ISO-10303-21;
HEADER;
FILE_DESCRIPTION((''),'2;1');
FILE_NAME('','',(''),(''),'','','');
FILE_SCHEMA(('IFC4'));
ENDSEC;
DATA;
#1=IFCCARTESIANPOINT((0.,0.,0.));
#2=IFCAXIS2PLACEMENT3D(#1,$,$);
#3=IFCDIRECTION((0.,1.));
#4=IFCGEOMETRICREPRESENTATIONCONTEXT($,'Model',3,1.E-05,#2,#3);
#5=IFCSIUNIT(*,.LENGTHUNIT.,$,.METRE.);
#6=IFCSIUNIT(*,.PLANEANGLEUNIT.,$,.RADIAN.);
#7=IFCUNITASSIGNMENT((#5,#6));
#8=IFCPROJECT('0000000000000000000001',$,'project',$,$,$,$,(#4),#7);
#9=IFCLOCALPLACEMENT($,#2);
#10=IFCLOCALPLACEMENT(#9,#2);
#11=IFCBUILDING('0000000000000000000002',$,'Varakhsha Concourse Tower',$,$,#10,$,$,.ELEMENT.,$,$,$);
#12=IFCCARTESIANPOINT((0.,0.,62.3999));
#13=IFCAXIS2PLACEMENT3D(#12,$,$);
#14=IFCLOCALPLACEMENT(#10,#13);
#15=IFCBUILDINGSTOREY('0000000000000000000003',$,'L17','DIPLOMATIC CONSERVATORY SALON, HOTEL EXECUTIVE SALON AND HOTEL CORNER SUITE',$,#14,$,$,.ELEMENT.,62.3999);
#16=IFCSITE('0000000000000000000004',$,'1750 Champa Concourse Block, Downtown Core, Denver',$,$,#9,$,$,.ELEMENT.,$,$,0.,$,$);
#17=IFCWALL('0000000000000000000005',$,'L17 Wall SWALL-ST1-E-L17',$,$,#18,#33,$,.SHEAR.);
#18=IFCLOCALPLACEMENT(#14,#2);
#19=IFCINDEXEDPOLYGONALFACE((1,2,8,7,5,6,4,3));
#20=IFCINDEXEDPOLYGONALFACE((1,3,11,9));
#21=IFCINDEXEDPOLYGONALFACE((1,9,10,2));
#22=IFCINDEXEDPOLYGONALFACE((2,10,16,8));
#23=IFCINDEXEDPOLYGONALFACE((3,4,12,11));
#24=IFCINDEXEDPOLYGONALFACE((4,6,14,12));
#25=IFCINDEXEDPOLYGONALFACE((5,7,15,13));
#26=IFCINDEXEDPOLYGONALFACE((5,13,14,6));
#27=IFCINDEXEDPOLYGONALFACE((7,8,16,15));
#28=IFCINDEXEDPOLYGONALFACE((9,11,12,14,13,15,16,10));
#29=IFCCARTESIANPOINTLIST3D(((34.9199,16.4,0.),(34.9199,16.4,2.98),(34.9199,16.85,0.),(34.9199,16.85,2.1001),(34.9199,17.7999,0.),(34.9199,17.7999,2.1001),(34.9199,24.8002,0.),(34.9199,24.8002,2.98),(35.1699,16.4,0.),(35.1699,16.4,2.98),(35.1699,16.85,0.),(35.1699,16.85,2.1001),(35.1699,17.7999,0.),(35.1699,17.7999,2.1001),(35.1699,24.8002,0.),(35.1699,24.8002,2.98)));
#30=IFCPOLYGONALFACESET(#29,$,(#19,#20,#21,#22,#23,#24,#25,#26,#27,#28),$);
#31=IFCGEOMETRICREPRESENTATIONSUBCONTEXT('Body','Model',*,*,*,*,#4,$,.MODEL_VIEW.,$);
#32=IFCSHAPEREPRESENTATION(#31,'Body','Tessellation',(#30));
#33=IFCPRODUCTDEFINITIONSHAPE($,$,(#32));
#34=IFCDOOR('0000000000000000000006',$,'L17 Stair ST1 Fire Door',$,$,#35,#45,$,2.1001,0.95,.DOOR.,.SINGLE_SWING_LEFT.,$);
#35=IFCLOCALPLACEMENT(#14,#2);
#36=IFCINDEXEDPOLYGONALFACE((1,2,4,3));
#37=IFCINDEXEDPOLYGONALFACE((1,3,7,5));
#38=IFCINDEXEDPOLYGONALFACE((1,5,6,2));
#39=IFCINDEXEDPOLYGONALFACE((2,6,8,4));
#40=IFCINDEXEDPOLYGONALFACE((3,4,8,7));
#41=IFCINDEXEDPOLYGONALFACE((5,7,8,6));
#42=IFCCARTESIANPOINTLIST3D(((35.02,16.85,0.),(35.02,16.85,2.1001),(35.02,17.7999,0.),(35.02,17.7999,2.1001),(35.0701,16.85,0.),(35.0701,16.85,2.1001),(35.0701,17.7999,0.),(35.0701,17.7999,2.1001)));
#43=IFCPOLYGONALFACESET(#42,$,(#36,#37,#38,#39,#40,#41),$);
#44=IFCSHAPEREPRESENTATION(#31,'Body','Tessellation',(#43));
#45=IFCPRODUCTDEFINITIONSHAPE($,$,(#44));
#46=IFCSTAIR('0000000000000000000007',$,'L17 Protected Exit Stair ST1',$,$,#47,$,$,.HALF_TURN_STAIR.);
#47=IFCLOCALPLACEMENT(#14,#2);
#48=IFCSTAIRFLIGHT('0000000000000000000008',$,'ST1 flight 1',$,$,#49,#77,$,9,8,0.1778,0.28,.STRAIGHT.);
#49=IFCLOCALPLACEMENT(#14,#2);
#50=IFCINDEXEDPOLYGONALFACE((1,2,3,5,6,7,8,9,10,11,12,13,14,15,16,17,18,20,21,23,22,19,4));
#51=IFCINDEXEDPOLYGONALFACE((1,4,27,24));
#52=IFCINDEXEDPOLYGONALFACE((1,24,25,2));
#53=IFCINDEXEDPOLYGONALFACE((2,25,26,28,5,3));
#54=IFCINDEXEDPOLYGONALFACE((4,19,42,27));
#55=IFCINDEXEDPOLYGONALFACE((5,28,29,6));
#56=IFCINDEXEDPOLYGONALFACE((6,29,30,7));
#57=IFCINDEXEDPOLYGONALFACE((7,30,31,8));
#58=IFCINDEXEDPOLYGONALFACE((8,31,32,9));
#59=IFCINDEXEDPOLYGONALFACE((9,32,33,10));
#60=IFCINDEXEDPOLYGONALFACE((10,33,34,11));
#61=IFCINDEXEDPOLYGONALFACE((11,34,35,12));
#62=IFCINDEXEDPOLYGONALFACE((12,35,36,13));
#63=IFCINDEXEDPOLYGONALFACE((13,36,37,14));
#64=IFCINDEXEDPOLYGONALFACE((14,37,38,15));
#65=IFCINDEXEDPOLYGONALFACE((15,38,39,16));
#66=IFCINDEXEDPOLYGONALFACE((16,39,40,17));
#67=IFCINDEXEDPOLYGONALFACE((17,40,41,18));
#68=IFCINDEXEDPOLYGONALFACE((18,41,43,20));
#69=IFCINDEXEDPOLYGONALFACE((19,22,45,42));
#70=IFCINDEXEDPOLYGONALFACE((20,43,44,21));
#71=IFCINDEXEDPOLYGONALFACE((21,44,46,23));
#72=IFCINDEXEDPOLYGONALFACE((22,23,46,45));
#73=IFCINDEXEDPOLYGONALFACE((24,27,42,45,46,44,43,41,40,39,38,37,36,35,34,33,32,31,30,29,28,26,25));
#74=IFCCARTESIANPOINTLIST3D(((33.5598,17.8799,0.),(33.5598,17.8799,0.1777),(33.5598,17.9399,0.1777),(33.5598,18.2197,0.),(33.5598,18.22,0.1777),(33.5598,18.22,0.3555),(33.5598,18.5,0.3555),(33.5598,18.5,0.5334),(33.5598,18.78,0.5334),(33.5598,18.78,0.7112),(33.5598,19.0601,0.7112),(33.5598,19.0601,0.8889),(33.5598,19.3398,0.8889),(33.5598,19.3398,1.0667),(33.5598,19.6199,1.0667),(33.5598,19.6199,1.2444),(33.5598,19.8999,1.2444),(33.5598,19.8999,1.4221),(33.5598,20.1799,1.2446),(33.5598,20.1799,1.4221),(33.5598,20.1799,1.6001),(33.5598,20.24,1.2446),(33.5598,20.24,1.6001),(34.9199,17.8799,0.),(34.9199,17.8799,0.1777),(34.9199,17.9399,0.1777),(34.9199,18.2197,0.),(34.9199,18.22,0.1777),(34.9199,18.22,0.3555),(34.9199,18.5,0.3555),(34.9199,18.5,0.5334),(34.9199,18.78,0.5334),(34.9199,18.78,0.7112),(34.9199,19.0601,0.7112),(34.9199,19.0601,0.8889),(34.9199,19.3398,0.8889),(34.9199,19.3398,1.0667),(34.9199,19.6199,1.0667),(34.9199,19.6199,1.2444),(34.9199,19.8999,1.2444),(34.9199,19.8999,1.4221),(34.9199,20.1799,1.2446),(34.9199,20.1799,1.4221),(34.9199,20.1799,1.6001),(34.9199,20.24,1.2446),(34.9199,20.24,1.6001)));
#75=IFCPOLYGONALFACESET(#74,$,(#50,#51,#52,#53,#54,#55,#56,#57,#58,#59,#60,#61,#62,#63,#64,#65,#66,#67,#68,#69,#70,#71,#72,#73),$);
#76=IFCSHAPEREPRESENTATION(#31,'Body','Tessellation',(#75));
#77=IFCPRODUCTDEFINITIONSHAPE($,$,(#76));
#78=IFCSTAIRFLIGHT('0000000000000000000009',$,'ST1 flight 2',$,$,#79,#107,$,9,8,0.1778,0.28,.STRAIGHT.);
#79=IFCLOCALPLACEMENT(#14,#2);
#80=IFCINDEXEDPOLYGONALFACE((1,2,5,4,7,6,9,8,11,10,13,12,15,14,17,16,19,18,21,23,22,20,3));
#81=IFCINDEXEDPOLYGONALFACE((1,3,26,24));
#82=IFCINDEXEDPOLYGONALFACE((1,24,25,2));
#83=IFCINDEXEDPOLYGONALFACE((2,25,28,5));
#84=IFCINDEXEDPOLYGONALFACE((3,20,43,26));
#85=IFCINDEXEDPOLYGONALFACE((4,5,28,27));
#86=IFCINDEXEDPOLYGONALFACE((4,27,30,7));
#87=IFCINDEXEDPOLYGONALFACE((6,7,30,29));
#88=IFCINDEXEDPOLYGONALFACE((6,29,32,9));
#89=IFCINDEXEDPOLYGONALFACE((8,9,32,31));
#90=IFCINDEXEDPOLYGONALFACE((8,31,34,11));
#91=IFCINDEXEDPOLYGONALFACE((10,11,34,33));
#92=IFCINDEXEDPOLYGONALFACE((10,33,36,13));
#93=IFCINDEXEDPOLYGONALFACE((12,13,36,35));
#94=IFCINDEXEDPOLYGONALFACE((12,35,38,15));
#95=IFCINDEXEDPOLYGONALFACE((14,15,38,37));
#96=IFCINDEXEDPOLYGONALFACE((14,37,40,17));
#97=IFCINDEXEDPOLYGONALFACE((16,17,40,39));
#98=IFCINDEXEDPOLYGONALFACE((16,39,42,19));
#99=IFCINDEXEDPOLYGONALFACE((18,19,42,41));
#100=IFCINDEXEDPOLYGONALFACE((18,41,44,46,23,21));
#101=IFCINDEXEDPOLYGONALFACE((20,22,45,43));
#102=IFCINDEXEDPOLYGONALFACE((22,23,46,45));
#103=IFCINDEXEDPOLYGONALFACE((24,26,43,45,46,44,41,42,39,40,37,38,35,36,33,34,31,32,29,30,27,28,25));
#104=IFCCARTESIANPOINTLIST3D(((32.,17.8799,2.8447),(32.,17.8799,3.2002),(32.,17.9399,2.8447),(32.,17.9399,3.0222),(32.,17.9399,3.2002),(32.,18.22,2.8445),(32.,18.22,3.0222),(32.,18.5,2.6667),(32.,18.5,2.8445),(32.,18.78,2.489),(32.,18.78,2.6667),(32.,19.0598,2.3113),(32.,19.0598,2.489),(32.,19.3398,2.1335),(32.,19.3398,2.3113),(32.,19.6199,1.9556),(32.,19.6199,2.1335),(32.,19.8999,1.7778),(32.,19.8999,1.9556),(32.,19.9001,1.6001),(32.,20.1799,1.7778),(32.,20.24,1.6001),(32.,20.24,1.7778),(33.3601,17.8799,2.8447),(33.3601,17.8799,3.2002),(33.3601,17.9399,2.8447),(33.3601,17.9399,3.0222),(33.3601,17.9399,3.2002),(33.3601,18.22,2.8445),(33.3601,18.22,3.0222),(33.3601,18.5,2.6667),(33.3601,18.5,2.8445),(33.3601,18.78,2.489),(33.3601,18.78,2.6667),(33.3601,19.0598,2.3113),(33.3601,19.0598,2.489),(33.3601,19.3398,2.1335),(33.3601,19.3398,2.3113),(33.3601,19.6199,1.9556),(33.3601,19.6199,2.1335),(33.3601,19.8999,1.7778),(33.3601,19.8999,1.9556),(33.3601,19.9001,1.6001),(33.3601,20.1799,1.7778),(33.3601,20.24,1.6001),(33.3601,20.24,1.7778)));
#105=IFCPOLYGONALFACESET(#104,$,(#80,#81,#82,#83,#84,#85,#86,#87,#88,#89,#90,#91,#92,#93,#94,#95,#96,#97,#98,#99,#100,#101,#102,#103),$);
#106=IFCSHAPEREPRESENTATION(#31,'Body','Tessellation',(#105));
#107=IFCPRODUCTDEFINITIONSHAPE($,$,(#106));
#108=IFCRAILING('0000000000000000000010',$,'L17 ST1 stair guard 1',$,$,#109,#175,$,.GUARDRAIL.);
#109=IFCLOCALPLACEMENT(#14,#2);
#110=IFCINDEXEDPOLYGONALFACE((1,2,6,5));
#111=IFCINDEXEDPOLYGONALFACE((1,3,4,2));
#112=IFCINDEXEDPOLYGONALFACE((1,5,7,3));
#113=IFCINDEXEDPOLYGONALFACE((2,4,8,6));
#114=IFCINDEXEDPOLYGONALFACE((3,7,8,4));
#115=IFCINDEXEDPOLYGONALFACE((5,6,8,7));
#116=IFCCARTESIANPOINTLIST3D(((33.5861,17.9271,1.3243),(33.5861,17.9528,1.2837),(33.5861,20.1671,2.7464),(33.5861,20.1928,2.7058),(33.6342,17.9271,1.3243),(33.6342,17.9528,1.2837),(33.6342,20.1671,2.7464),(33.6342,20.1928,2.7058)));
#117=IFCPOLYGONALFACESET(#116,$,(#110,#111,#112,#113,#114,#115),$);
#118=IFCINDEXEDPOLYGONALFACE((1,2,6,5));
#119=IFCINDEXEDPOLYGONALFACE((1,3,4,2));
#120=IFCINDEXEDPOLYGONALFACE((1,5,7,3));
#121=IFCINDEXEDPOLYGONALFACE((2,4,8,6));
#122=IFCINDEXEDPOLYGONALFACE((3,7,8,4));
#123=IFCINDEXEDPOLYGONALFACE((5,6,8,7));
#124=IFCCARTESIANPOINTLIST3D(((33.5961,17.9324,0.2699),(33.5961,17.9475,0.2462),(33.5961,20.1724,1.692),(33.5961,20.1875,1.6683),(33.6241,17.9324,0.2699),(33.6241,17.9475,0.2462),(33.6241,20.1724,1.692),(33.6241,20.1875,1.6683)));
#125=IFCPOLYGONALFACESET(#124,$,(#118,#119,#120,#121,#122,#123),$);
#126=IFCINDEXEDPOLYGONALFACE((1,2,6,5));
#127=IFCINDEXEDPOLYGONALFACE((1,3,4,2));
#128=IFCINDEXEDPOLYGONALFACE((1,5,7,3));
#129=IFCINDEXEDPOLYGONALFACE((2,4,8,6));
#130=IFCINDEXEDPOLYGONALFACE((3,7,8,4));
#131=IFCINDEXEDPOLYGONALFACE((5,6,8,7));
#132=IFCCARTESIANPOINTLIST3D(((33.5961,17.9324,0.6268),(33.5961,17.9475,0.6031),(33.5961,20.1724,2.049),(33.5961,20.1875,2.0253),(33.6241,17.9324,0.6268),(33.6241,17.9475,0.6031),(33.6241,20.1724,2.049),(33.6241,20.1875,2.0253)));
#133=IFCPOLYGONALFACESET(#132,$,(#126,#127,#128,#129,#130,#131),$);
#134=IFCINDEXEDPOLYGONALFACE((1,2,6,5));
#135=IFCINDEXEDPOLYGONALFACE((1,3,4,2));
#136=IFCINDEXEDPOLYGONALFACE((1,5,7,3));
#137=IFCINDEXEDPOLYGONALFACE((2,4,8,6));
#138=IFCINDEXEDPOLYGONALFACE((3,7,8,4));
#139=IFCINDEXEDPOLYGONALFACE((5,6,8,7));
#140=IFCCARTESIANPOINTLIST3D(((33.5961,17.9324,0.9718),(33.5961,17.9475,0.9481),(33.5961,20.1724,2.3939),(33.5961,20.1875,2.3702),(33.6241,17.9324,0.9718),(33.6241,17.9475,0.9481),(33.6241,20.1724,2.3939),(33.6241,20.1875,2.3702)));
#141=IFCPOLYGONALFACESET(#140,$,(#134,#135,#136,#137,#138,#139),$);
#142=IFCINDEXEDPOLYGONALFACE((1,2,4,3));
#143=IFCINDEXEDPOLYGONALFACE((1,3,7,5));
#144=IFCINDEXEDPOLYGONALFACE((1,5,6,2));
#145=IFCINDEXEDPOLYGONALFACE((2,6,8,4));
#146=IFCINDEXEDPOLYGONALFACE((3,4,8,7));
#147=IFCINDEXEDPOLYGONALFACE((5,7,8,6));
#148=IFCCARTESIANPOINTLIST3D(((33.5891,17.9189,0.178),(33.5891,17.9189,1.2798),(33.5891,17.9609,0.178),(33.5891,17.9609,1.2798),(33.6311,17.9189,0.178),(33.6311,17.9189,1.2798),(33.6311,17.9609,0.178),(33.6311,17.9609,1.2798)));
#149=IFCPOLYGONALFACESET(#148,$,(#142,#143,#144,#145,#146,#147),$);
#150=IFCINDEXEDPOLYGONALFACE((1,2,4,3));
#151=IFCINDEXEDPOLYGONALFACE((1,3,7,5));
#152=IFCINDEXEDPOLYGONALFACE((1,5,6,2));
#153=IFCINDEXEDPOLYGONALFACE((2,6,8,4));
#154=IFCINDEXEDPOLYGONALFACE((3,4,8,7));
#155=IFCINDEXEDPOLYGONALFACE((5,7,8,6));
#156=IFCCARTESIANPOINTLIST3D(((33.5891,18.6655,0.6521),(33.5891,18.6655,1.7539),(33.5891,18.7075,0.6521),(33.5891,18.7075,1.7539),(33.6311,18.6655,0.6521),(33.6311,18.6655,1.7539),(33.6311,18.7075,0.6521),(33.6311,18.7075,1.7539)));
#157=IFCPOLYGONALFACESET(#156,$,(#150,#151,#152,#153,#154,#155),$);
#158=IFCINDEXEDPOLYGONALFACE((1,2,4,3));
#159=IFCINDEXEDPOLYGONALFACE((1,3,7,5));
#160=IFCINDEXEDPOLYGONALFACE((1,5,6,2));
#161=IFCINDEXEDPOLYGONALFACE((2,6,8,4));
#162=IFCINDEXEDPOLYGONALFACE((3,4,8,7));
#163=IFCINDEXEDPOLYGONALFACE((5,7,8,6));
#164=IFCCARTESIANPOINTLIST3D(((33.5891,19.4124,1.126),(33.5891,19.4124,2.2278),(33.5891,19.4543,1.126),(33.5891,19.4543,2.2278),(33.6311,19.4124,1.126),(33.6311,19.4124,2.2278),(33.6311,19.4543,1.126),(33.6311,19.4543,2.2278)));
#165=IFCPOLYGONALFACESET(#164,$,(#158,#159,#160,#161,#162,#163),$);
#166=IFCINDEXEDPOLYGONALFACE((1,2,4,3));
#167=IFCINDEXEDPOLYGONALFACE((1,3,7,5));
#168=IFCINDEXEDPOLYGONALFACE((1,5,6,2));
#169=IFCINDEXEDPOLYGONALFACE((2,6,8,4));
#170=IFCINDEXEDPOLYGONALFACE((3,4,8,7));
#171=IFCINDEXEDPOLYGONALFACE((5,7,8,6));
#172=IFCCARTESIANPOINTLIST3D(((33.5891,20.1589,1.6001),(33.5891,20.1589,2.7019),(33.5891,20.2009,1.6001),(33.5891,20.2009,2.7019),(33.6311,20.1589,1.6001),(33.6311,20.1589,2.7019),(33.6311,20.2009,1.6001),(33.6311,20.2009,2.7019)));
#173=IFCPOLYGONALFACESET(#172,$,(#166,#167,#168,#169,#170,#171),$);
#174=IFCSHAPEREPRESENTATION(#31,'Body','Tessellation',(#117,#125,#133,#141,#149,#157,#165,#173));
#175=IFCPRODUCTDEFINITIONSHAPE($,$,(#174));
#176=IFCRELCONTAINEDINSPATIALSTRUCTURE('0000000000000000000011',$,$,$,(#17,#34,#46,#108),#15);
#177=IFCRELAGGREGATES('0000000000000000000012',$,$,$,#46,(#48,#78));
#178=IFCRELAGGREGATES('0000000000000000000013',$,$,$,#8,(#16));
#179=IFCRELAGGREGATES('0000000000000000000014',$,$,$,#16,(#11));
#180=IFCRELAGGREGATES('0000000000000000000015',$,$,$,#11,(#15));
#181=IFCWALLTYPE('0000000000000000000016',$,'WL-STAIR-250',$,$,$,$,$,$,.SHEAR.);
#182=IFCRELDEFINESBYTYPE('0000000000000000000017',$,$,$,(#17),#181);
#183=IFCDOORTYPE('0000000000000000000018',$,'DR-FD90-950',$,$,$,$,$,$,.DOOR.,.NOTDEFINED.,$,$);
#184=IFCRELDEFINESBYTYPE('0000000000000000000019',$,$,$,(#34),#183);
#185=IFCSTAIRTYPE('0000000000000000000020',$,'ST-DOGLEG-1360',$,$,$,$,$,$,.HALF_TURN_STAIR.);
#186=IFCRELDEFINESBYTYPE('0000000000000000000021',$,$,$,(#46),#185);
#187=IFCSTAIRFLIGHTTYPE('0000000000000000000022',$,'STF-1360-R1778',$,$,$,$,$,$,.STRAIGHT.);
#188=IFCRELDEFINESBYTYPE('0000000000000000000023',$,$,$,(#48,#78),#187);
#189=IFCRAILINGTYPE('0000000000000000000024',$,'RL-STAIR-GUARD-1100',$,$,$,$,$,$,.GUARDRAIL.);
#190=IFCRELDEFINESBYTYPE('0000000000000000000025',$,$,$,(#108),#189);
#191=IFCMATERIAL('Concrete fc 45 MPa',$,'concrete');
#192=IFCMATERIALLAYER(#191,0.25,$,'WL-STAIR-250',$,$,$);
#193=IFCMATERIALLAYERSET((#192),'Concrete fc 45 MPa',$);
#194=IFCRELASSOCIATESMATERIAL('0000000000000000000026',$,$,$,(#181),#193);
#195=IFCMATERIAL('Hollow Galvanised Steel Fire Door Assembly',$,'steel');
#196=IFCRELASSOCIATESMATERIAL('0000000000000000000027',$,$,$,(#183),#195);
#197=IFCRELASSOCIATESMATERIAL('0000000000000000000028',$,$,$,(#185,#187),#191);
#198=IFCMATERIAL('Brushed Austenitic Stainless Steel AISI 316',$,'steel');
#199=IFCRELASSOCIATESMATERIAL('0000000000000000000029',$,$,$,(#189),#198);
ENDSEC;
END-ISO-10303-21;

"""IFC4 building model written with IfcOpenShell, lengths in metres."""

from ifc_helpers import new_model, si_unit, direction, frame, frame_2d, origin, origin_2d, place, context, subcontext, project, spatial, polyline, rectangle, outline, extrude, material, layer, layer_set, type_object, element, fill, aggregate, save


model = new_model("IFC4")

# Units and contexts
model_context = context("Model", 3, precision=1e-05, world=origin(), true_north=direction((0.0, 1.0)))
body_context = subcontext(model_context, "Body", "Model", "MODEL_VIEW")
ifc_project = project(units=[si_unit("LENGTHUNIT", "METRE"), si_unit("PLANEANGLEUNIT", "RADIAN")], contexts=[model_context])

# Site, building, storey
site_placement = place(None, origin())
site = spatial("IfcSite", under=ifc_project, at=site_placement, Name="1750 Champa Concourse Block, Downtown Core, Denver", CompositionType="ELEMENT", RefElevation=0.0)
building_placement = place(site_placement, origin())
building = spatial("IfcBuilding", under=site, at=building_placement, Name="Varakhsha Concourse Tower", CompositionType="ELEMENT")
storey_placement = place(building_placement, frame((0.0, 0.0, 62.3999)))
storey = spatial("IfcBuildingStorey", under=building, at=storey_placement, Name="L17", Description="DIPLOMATIC CONSERVATORY SALON, HOTEL EXECUTIVE SALON AND HOTEL CORNER SUITE", CompositionType="ELEMENT", Elevation=62.3999)

# Shared definitions
ifc_material_1 = material(Name="Hollow Galvanised Steel Fire Door Assembly", Category="steel")

# Wall, opening, door
ifc_material_2 = material(Name="Concrete fc 45 MPa", Category="concrete")
ifc_layer_1 = layer(ifc_material_2, 0.25, Name="WL-STAIR-250")
ifc_layer_set_1 = layer_set([ifc_layer_1], Name="Concrete fc 45 MPa")
wall_type_1 = type_object("IfcWallType", Name="WL-STAIR-250", PredefinedType="SHEAR", material=ifc_layer_set_1)
wall_1_placement = place(storey_placement, frame((35.0449, 16.3999, 0.0), z_axis=(0.0, 0.0, 1.0), x_axis=(0.0, 1.0, 0.0)))
wall_1 = element("IfcWall", 1, at=wall_1_placement, inside=storey, type_object=wall_type_1, Name="L17 Wall SWALL-ST1-E-L17", PredefinedType="SHEAR", context=body_context, shape_type="SweptSolid", body=[
    extrude(rectangle(XDim=8.4001, YDim=0.25, at=frame_2d((4.2002, 0.0))), origin(), (0.0, 0.0, 1.0), 2.98),
])
opening_1_placement = place(wall_1_placement, frame((0.45, 0.0, 0.0)))
opening_1 = element("IfcOpeningElement", 2, at=opening_1_placement, cuts=wall_1, PredefinedType="OPENING", context=body_context, shape_type="SweptSolid", body=[
    extrude(rectangle(XDim=0.95, YDim=2.1001, at=frame_2d((0.4751, 1.05))), frame((0.0, 0.135, 0.0), z_axis=(0.0, -1.0, 0.0), x_axis=(1.0, 0.0, 0.0)), (0.0, 0.0, 1.0), 0.27),
])
door_type_1 = type_object("IfcDoorType", Name="DR-FD90-950", OperationType="NOTDEFINED", PredefinedType="DOOR", material=ifc_material_1)
door_1_placement = place(opening_1_placement, origin())
door_1 = element("IfcDoor", 3, at=door_1_placement, inside=storey, type_object=door_type_1, Name="L17 Stair ST1 Fire Door", OperationType="SINGLE_SWING_LEFT", OverallHeight=2.1001, OverallWidth=0.95, PredefinedType="DOOR", context=body_context, shape_type="SweptSolid", body=[
    extrude(rectangle(XDim=0.95, YDim=2.1001, at=frame_2d((0.4751, 1.05))), frame((0.0, 0.0249, 0.0), z_axis=(0.0, -1.0, 0.0), x_axis=(1.0, 0.0, 0.0)), (0.0, 0.0, 1.0), 0.05),
])
fill(opening_1, door_1)

# Stair, stair flights
stair_type = type_object("IfcStairType", Name="ST-DOGLEG-1360", PredefinedType="HALF_TURN_STAIR", material=ifc_material_2)
stair_placement = place(storey_placement, origin())
stair = element("IfcStair", 4, at=stair_placement, inside=storey, type_object=stair_type, Name="L17 Protected Exit Stair ST1", PredefinedType="HALF_TURN_STAIR")
stair_flight_type = type_object("IfcStairFlightType", Name="STF-1360-R1778", PredefinedType="STRAIGHT", material=ifc_material_2)
stair_flight_1_placement = place(storey_placement, frame((34.24, 17.9399, 0.0), z_axis=(0.0, 0.0, 1.0), x_axis=(0.0, 1.0, 0.0)))
stair_flight_1 = element("IfcStairFlight", 5, at=stair_flight_1_placement, type_object=stair_flight_type, Name="ST1 flight 1", NumberOfRisers=9, NumberOfTreads=8, PredefinedType="STRAIGHT", RiserHeight=0.1778, TreadLength=0.28, context=body_context, shape_type="SweptSolid", body=[
    extrude(outline(polyline([(-0.0601, 0.0), (-0.0601, 0.1777), (0.0, 0.1777), (0.28, 0.1777), (0.28, 0.3555), (0.5601, 0.3555), (0.5601, 0.5334), (0.8401, 0.5334), (0.8401, 0.7112), (1.1201, 0.7112), (1.1201, 0.8889), (1.3999, 0.8889), (1.3999, 1.0667), (1.6799, 1.0667), (1.6799, 1.2444), (1.96, 1.2444), (1.96, 1.4221), (2.24, 1.4221), (2.24, 1.6001), (2.3, 1.6001), (2.3, 1.2446), (2.24, 1.2446), (0.2798, 0.0), (-0.0601, 0.0)])), frame((0.0, 0.6802, 0.0), z_axis=(0.0, -1.0, 0.0), x_axis=(1.0, 0.0, 0.0)), (0.0, 0.0, 1.0), 1.3601),
])
stair_flight_2_placement = place(storey_placement, frame((32.6799, 20.1799, 1.6001), z_axis=(0.0, 0.0, 1.0), x_axis=(0.0, -1.0, 0.0)))
stair_flight_2 = element("IfcStairFlight", 6, at=stair_flight_2_placement, type_object=stair_flight_type, Name="ST1 flight 2", NumberOfRisers=9, NumberOfTreads=8, PredefinedType="STRAIGHT", RiserHeight=0.1778, TreadLength=0.28, context=body_context, shape_type="SweptSolid", body=[
    extrude(outline(polyline([(-0.0601, 0.0), (-0.0601, 0.1777), (0.0, 0.1777), (0.28, 0.1777), (0.28, 0.3555), (0.5601, 0.3555), (0.5601, 0.5334), (0.8401, 0.5334), (0.8401, 0.7112), (1.1201, 0.7112), (1.1201, 0.8889), (1.3999, 0.8889), (1.3999, 1.0667), (1.6799, 1.0667), (1.6799, 1.2444), (1.96, 1.2444), (1.96, 1.4221), (2.24, 1.4221), (2.24, 1.6001), (2.3, 1.6001), (2.3, 1.2446), (2.24, 1.2446), (0.2798, 0.0), (-0.0601, 0.0)])), frame((0.0, 0.6802, 0.0), z_axis=(0.0, -1.0, 0.0), x_axis=(1.0, 0.0, 0.0)), (0.0, 0.0, 1.0), 1.3601),
])
aggregate(stair, [stair_flight_1, stair_flight_2])

# Railing
ifc_material_3 = material(Name="Brushed Austenitic Stainless Steel AISI 316", Category="steel")
railing_type_1 = type_object("IfcRailingType", Name="RL-STAIR-GUARD-1100", PredefinedType="GUARDRAIL", material=ifc_material_3)
railing_1_placement = place(storey_placement, frame((33.6101, 17.9399, 0.178)))
element("IfcRailing", 7, at=railing_1_placement, inside=storey, type_object=railing_type_1, Name="L17 ST1 stair guard 1", PredefinedType="GUARDRAIL", context=body_context, shape_type="SweptSolid", body=[
    extrude(rectangle(XDim=0.0481, YDim=0.0481, at=origin_2d()), frame((0.0, 0.0, 1.126), z_axis=(0.0, 0.844229, 0.535982), x_axis=(-1.0, 0.0, 0.0)), (0.0, 0.0, 1.0), 2.6533),
    extrude(rectangle(XDim=0.0281, YDim=0.0281, at=origin_2d()), frame((0.0, 0.0, 0.0801), z_axis=(0.0, 0.844229, 0.535982), x_axis=(-1.0, 0.0, 0.0)), (0.0, 0.0, 1.0), 2.6533),
    extrude(rectangle(XDim=0.0281, YDim=0.0281, at=origin_2d()), frame((0.0, 0.0, 0.437), z_axis=(0.0, 0.844229, 0.535982), x_axis=(-1.0, 0.0, 0.0)), (0.0, 0.0, 1.0), 2.6533),
    extrude(rectangle(XDim=0.0281, YDim=0.0281, at=origin_2d()), frame((0.0, 0.0, 0.782), z_axis=(0.0, 0.844229, 0.535982), x_axis=(-1.0, 0.0, 0.0)), (0.0, 0.0, 1.0), 2.6533),
    extrude(rectangle(XDim=0.042, YDim=0.042, at=origin_2d()), origin(), (0.0, 0.0, 1.0), 1.1018),
    extrude(rectangle(XDim=0.042, YDim=0.042, at=origin_2d()), frame((0.0, 0.7466, 0.4741)), (0.0, 0.0, 1.0), 1.1018),
    extrude(rectangle(XDim=0.042, YDim=0.042, at=origin_2d()), frame((0.0, 1.4934, 0.948)), (0.0, 0.0, 1.0), 1.1018),
    extrude(rectangle(XDim=0.042, YDim=0.042, at=origin_2d()), frame((0.0, 2.24, 1.4221)), (0.0, 0.0, 1.0), 1.1018),
])

save(model, "model.ifc")
